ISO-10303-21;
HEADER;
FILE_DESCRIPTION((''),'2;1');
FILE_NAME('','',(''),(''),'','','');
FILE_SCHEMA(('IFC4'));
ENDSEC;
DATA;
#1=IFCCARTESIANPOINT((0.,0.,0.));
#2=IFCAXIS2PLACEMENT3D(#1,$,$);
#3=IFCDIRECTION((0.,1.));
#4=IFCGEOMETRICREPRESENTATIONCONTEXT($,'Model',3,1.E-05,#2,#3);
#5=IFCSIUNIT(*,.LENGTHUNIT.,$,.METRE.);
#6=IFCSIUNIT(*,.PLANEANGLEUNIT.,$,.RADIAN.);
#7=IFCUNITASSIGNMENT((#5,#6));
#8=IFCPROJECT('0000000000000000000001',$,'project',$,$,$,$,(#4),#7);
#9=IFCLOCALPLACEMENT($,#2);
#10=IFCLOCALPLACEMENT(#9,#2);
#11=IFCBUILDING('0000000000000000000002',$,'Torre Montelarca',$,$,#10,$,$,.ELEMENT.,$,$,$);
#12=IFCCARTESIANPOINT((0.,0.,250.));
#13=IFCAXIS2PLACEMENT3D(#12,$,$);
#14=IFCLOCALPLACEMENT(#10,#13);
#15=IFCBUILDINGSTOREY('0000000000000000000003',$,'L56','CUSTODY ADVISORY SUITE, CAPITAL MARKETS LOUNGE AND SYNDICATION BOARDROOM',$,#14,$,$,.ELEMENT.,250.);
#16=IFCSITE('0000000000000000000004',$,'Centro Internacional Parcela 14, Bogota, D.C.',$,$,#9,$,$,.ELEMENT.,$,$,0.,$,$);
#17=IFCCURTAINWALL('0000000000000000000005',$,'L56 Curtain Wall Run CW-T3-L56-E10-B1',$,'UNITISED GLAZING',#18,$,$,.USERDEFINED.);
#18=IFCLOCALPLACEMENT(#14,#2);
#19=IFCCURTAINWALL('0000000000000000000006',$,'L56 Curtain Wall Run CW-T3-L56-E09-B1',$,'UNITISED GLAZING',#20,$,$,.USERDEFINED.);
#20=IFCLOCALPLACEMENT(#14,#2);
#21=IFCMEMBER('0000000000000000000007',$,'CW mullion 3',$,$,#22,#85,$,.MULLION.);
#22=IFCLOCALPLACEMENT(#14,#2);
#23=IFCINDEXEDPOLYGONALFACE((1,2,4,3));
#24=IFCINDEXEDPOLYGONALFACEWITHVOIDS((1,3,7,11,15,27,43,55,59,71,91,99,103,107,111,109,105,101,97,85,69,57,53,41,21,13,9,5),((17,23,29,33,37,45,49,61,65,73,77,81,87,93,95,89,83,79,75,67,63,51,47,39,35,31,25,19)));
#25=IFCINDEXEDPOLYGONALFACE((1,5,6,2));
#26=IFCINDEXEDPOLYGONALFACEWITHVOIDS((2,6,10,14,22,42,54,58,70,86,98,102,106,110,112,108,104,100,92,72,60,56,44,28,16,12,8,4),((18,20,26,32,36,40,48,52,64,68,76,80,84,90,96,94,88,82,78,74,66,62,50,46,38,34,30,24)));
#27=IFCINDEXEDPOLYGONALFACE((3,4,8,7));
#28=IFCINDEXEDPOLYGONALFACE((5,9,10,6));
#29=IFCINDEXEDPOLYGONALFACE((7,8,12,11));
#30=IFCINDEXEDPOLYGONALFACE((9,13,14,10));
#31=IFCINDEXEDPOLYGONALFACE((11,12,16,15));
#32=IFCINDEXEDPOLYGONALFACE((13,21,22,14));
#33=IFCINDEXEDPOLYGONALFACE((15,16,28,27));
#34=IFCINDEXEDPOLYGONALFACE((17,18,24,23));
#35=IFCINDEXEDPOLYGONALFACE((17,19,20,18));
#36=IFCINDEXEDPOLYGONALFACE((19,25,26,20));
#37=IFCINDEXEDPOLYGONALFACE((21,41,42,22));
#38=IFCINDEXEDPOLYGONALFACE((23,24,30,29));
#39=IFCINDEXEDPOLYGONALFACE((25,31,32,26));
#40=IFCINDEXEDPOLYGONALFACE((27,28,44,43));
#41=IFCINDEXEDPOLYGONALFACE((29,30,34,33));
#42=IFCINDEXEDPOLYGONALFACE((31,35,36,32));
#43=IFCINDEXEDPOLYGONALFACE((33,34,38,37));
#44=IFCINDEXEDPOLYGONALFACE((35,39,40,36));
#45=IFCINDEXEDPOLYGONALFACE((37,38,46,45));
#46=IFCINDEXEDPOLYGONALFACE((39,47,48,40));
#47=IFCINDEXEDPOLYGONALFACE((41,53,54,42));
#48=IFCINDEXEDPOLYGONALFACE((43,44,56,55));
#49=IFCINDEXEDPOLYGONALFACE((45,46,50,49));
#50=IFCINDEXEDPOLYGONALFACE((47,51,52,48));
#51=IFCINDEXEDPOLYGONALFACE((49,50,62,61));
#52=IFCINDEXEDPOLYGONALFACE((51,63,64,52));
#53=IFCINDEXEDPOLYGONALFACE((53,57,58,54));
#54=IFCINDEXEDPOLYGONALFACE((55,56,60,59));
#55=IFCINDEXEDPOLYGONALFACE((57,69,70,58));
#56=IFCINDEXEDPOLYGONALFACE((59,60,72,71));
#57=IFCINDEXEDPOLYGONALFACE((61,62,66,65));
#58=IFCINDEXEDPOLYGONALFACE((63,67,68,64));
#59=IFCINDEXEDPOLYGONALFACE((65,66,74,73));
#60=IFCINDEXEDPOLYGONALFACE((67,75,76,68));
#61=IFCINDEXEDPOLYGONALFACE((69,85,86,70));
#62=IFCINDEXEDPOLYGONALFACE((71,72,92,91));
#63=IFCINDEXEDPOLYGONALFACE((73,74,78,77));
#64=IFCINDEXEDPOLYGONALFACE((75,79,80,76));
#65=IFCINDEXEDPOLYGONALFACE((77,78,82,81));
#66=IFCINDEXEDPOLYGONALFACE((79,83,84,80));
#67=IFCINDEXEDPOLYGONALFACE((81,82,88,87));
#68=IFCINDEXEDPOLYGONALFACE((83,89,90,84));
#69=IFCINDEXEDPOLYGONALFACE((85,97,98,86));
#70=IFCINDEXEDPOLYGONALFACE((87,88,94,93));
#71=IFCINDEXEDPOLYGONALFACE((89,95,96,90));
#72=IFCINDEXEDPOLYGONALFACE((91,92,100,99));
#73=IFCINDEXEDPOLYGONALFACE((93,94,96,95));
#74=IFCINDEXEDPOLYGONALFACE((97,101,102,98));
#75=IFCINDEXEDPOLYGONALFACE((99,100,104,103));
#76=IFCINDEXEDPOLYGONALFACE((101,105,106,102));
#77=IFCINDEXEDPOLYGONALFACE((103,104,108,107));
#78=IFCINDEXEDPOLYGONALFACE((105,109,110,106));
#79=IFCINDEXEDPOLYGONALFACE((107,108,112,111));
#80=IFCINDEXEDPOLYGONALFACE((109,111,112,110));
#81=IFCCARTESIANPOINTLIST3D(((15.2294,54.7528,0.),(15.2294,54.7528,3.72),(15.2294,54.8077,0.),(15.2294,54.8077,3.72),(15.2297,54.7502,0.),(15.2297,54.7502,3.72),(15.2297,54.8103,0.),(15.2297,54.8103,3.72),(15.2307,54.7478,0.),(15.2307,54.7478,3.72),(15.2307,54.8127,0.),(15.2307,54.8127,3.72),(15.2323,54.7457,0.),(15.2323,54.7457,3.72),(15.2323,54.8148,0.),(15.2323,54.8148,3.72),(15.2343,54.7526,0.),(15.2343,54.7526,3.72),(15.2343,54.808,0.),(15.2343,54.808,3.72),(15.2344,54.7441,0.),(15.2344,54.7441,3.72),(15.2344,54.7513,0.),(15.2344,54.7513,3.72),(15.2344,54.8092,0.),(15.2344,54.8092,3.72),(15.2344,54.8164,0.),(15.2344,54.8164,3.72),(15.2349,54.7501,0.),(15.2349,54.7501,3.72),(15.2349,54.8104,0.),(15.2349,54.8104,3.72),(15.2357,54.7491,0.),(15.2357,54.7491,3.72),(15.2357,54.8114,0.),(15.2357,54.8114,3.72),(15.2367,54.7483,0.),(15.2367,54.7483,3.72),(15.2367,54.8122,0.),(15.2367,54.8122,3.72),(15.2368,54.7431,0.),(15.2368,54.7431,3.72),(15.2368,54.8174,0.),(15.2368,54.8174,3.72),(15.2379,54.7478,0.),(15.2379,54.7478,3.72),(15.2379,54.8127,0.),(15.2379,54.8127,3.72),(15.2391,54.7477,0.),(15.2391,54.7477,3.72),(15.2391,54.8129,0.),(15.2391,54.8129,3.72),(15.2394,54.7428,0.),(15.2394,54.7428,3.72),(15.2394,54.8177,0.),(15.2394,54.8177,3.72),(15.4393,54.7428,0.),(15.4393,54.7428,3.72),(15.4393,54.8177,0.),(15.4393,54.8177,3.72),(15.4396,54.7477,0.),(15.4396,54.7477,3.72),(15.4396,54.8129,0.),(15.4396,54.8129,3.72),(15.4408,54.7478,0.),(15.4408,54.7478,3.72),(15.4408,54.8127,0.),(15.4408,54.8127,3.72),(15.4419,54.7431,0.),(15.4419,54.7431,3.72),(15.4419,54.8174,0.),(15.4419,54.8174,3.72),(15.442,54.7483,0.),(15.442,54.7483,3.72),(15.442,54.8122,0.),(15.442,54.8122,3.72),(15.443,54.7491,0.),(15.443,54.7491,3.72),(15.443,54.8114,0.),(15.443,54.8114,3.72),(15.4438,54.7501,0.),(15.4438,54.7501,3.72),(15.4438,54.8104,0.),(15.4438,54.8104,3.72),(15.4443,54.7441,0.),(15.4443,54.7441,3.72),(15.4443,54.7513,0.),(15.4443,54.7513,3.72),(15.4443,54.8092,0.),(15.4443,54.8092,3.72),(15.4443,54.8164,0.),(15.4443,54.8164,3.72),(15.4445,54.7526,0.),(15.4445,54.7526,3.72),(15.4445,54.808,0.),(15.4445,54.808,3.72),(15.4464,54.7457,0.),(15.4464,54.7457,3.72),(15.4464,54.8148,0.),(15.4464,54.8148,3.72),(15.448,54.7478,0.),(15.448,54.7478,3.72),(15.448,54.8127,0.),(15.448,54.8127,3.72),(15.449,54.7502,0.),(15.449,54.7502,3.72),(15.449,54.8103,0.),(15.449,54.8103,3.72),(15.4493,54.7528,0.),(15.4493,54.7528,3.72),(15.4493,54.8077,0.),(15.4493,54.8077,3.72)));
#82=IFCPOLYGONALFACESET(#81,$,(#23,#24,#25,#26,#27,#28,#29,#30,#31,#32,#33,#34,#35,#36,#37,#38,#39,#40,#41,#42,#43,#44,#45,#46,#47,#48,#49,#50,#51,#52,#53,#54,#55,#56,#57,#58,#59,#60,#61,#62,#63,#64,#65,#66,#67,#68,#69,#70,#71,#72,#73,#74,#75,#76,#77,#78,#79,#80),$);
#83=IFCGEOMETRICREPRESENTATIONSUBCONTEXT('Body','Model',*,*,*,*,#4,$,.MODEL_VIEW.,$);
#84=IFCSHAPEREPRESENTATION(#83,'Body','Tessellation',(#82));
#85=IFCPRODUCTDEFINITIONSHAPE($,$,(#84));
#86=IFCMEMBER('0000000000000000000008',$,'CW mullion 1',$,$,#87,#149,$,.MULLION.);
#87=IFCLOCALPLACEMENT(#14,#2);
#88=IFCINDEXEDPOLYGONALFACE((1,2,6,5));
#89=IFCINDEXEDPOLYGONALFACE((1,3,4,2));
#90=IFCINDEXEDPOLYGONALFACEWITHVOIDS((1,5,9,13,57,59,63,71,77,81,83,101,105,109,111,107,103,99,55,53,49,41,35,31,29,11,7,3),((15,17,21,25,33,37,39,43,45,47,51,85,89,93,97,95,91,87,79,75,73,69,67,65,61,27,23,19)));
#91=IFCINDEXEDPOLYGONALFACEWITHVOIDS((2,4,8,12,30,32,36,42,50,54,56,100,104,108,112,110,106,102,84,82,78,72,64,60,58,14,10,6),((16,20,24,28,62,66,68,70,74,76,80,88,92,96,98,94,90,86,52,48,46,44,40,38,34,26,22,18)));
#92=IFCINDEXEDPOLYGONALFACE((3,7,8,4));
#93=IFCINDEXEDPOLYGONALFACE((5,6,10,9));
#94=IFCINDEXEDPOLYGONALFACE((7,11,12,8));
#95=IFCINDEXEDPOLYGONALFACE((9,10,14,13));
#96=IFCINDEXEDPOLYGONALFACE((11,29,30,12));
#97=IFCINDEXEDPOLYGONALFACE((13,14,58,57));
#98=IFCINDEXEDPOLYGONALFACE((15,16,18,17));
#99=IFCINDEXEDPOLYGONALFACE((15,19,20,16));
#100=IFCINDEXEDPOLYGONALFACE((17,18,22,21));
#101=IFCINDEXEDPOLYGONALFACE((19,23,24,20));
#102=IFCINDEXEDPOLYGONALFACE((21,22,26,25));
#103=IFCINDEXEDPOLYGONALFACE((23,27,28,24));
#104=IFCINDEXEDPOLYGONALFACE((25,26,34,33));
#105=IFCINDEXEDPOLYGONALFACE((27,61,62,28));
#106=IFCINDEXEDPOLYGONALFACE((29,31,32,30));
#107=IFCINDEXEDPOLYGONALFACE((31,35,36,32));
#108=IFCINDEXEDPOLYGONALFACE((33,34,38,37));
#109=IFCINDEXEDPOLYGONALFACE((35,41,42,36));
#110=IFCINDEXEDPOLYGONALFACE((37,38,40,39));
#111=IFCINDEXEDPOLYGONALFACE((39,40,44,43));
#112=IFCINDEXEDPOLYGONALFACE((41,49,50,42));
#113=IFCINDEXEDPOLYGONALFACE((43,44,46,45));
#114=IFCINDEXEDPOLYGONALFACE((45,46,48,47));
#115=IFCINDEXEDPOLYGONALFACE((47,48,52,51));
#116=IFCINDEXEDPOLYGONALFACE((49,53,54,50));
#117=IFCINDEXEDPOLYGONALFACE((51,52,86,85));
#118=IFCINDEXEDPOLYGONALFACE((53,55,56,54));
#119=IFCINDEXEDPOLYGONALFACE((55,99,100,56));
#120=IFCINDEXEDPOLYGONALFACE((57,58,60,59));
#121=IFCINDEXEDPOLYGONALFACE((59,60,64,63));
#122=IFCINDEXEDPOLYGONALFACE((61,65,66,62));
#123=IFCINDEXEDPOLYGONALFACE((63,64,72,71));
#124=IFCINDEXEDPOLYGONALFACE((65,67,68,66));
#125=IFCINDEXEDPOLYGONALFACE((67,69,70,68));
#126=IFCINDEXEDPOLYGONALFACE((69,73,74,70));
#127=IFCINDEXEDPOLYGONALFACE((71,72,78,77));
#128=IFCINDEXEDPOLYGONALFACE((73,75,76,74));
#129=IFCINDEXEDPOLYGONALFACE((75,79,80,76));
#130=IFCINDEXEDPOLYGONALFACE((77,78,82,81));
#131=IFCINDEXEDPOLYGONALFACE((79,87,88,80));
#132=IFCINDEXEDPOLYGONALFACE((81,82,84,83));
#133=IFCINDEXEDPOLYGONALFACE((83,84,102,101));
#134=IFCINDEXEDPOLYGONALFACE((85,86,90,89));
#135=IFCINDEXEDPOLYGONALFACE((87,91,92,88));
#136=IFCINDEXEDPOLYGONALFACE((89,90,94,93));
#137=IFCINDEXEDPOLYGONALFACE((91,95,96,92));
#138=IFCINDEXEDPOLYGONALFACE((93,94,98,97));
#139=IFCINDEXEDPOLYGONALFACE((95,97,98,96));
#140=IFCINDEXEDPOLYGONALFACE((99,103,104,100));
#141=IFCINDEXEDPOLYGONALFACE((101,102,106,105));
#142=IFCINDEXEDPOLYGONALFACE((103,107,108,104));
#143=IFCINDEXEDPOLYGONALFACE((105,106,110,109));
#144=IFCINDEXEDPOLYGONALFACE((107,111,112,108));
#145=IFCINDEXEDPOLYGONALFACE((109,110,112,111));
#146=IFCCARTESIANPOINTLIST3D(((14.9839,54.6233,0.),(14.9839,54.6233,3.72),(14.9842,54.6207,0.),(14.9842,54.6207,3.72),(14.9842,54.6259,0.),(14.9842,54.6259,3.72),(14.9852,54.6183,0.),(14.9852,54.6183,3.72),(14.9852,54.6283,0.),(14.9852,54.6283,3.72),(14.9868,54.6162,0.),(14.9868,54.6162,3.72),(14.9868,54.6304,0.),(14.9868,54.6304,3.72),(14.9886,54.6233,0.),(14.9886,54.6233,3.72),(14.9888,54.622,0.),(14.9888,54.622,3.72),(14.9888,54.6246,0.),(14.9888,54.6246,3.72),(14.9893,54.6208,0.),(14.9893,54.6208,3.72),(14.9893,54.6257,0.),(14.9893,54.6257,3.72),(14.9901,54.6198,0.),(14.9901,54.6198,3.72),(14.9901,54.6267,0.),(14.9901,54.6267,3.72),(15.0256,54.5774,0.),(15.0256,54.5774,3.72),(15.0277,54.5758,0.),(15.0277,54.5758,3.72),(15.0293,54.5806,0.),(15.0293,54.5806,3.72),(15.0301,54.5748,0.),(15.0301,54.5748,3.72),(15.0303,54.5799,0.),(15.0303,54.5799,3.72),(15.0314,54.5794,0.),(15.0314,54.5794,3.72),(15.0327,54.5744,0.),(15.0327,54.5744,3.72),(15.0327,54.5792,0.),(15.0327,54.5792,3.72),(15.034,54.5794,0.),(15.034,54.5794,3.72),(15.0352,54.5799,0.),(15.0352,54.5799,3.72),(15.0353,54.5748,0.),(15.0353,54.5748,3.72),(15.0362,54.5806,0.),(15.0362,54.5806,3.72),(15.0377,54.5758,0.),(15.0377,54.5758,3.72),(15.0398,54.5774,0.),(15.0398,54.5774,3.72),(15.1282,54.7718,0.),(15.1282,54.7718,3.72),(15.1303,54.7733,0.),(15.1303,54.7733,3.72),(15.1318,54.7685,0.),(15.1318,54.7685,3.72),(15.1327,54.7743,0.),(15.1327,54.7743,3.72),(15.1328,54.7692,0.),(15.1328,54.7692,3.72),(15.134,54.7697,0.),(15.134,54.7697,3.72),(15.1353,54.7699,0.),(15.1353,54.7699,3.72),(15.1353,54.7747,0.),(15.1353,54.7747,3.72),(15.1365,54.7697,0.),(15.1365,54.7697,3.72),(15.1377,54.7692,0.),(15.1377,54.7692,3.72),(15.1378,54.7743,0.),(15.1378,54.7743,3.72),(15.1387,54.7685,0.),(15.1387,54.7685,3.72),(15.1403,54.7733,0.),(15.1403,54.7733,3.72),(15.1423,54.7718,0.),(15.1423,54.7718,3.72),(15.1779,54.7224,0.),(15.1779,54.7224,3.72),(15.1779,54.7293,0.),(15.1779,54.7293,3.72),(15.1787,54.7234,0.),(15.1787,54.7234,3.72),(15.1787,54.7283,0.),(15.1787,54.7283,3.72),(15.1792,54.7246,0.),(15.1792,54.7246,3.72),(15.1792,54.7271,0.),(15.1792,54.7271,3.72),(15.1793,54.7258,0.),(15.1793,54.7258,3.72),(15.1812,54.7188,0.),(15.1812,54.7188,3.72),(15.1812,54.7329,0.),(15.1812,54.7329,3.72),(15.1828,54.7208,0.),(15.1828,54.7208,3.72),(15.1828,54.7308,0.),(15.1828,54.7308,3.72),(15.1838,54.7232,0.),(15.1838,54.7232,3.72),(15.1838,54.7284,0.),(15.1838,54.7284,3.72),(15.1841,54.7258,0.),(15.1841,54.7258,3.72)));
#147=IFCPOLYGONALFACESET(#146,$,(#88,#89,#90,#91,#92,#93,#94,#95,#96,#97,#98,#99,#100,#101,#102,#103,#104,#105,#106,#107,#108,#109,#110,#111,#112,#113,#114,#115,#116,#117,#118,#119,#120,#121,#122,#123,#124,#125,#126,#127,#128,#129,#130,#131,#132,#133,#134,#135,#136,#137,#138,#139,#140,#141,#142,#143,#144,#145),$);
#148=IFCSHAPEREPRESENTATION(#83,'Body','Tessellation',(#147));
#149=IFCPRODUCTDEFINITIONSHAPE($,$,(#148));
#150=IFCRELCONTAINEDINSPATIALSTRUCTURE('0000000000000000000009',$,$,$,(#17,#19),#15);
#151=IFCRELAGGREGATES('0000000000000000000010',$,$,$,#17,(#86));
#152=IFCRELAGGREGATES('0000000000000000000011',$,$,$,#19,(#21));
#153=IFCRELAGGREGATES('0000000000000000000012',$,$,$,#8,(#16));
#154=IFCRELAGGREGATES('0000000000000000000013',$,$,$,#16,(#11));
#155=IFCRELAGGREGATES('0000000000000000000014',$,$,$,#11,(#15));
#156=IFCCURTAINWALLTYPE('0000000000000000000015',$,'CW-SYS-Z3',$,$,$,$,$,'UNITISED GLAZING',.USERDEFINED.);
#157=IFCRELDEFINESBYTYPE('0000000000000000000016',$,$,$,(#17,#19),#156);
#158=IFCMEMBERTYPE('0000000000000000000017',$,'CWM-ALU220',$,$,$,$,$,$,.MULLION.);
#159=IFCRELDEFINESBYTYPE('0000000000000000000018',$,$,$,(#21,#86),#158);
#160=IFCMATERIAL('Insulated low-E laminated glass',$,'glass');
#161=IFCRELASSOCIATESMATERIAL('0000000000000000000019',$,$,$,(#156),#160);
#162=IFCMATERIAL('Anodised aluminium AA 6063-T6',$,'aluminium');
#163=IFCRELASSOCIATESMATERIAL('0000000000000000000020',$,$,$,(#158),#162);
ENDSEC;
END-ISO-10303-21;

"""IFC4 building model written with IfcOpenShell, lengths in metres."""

from ifc_helpers import new_model, si_unit, direction, frame, origin, origin_2d, place, context, subcontext, project, spatial, hollow_rectangle, extrude, source, transform, mapped, material, material_profile, profile_set, type_object, element, aggregate, save


model = new_model("IFC4")

# Units and contexts
model_context = context("Model", 3, precision=1e-05, world=origin(), true_north=direction((0.0, 1.0)))
body_context = subcontext(model_context, "Body", "Model", "MODEL_VIEW")
ifc_project = project(units=[si_unit("LENGTHUNIT", "METRE"), si_unit("PLANEANGLEUNIT", "RADIAN")], contexts=[model_context])

# Site, building, storey
site_placement = place(None, origin())
site = spatial("IfcSite", under=ifc_project, at=site_placement, Name="Centro Internacional Parcela 14, Bogota, D.C.", CompositionType="ELEMENT", RefElevation=0.0)
building_placement = place(site_placement, origin())
building = spatial("IfcBuilding", under=site, at=building_placement, Name="Torre Montelarca", CompositionType="ELEMENT")
storey_placement = place(building_placement, frame((0.0, 0.0, 250.0)))
storey = spatial("IfcBuildingStorey", under=building, at=storey_placement, Name="L56", Description="CUSTODY ADVISORY SUITE, CAPITAL MARKETS LOUNGE AND SYNDICATION BOARDROOM", CompositionType="ELEMENT", Elevation=250.0)

# Curtain walls, member
ifc_material_1 = material(Name="Insulated low-E laminated glass", Category="glass")
curtain_wall_type = type_object("IfcCurtainWallType", Name="CW-SYS-Z3", ElementType="UNITISED GLAZING", PredefinedType="USERDEFINED", material=ifc_material_1)
curtain_wall_1_placement = place(storey_placement, origin())
curtain_wall_1 = element("IfcCurtainWall", 1, at=curtain_wall_1_placement, inside=storey, type_object=curtain_wall_type, Name="L56 Curtain Wall Run CW-T3-L56-E10-B1", ObjectType="UNITISED GLAZING", PredefinedType="USERDEFINED")
ifc_material_2 = material(Name="Anodised aluminium AA 6063-T6", Category="aluminium")
curtain_wall_2_placement = place(storey_placement, origin())
curtain_wall_2 = element("IfcCurtainWall", 2, at=curtain_wall_2_placement, inside=storey, type_object=curtain_wall_type, Name="L56 Curtain Wall Run CW-T3-L56-E09-B1", ObjectType="UNITISED GLAZING", PredefinedType="USERDEFINED")
ifc_material_profile_1 = material_profile(ifc_material_2, hollow_rectangle(XDim=0.075, YDim=0.22, WallThickness=0.0049, InnerFilletRadius=0.0049, OuterFilletRadius=0.01, at=origin_2d()), Name="ALU75X220X5", Category="aluminium")
ifc_profile_set_1 = profile_set([ifc_material_profile_1], Name="Anodised aluminium AA 6063-T6")
member_type_1 = type_object("IfcMemberType", Name="CWM-ALU220", PredefinedType="MULLION", material=ifc_profile_set_1)
shared_shape_1 = source(origin(), body_context, "Body", "SweptSolid", [
    extrude(hollow_rectangle(XDim=0.075, YDim=0.22, WallThickness=0.0049, InnerFilletRadius=0.0049, OuterFilletRadius=0.01, at=origin_2d()), origin(), (0.0, 0.0, 1.0), 3.72),
])
member_1_placement = place(storey_placement, frame((15.3394, 54.7803, 0.0), z_axis=(0.0, 0.0, 1.0), x_axis=(0.0, -1.0, 0.0)))
member_1 = element("IfcMember", 3, at=member_1_placement, type_object=member_type_1, Name="CW mullion 3", PredefinedType="MULLION", context=body_context, shape_type="MappedRepresentation", body=[
    mapped(shared_shape_1, transform((0.0, 0.0, 0.0), scale=1.0)),
])

# Member
member_2_placement = place(storey_placement, frame((15.084, 54.6746, 0.0), z_axis=(0.0, 0.0, 1.0), x_axis=(0.707109, -0.707105, 0.0)))
member_2 = element("IfcMember", 4, at=member_2_placement, type_object=member_type_1, Name="CW mullion 1", PredefinedType="MULLION", context=body_context, shape_type="MappedRepresentation", body=[
    mapped(shared_shape_1, transform((0.0, 0.0, 0.0), scale=1.0)),
])

aggregate(curtain_wall_1, [member_2])
aggregate(curtain_wall_2, [member_1])

save(model, "model.ifc")
